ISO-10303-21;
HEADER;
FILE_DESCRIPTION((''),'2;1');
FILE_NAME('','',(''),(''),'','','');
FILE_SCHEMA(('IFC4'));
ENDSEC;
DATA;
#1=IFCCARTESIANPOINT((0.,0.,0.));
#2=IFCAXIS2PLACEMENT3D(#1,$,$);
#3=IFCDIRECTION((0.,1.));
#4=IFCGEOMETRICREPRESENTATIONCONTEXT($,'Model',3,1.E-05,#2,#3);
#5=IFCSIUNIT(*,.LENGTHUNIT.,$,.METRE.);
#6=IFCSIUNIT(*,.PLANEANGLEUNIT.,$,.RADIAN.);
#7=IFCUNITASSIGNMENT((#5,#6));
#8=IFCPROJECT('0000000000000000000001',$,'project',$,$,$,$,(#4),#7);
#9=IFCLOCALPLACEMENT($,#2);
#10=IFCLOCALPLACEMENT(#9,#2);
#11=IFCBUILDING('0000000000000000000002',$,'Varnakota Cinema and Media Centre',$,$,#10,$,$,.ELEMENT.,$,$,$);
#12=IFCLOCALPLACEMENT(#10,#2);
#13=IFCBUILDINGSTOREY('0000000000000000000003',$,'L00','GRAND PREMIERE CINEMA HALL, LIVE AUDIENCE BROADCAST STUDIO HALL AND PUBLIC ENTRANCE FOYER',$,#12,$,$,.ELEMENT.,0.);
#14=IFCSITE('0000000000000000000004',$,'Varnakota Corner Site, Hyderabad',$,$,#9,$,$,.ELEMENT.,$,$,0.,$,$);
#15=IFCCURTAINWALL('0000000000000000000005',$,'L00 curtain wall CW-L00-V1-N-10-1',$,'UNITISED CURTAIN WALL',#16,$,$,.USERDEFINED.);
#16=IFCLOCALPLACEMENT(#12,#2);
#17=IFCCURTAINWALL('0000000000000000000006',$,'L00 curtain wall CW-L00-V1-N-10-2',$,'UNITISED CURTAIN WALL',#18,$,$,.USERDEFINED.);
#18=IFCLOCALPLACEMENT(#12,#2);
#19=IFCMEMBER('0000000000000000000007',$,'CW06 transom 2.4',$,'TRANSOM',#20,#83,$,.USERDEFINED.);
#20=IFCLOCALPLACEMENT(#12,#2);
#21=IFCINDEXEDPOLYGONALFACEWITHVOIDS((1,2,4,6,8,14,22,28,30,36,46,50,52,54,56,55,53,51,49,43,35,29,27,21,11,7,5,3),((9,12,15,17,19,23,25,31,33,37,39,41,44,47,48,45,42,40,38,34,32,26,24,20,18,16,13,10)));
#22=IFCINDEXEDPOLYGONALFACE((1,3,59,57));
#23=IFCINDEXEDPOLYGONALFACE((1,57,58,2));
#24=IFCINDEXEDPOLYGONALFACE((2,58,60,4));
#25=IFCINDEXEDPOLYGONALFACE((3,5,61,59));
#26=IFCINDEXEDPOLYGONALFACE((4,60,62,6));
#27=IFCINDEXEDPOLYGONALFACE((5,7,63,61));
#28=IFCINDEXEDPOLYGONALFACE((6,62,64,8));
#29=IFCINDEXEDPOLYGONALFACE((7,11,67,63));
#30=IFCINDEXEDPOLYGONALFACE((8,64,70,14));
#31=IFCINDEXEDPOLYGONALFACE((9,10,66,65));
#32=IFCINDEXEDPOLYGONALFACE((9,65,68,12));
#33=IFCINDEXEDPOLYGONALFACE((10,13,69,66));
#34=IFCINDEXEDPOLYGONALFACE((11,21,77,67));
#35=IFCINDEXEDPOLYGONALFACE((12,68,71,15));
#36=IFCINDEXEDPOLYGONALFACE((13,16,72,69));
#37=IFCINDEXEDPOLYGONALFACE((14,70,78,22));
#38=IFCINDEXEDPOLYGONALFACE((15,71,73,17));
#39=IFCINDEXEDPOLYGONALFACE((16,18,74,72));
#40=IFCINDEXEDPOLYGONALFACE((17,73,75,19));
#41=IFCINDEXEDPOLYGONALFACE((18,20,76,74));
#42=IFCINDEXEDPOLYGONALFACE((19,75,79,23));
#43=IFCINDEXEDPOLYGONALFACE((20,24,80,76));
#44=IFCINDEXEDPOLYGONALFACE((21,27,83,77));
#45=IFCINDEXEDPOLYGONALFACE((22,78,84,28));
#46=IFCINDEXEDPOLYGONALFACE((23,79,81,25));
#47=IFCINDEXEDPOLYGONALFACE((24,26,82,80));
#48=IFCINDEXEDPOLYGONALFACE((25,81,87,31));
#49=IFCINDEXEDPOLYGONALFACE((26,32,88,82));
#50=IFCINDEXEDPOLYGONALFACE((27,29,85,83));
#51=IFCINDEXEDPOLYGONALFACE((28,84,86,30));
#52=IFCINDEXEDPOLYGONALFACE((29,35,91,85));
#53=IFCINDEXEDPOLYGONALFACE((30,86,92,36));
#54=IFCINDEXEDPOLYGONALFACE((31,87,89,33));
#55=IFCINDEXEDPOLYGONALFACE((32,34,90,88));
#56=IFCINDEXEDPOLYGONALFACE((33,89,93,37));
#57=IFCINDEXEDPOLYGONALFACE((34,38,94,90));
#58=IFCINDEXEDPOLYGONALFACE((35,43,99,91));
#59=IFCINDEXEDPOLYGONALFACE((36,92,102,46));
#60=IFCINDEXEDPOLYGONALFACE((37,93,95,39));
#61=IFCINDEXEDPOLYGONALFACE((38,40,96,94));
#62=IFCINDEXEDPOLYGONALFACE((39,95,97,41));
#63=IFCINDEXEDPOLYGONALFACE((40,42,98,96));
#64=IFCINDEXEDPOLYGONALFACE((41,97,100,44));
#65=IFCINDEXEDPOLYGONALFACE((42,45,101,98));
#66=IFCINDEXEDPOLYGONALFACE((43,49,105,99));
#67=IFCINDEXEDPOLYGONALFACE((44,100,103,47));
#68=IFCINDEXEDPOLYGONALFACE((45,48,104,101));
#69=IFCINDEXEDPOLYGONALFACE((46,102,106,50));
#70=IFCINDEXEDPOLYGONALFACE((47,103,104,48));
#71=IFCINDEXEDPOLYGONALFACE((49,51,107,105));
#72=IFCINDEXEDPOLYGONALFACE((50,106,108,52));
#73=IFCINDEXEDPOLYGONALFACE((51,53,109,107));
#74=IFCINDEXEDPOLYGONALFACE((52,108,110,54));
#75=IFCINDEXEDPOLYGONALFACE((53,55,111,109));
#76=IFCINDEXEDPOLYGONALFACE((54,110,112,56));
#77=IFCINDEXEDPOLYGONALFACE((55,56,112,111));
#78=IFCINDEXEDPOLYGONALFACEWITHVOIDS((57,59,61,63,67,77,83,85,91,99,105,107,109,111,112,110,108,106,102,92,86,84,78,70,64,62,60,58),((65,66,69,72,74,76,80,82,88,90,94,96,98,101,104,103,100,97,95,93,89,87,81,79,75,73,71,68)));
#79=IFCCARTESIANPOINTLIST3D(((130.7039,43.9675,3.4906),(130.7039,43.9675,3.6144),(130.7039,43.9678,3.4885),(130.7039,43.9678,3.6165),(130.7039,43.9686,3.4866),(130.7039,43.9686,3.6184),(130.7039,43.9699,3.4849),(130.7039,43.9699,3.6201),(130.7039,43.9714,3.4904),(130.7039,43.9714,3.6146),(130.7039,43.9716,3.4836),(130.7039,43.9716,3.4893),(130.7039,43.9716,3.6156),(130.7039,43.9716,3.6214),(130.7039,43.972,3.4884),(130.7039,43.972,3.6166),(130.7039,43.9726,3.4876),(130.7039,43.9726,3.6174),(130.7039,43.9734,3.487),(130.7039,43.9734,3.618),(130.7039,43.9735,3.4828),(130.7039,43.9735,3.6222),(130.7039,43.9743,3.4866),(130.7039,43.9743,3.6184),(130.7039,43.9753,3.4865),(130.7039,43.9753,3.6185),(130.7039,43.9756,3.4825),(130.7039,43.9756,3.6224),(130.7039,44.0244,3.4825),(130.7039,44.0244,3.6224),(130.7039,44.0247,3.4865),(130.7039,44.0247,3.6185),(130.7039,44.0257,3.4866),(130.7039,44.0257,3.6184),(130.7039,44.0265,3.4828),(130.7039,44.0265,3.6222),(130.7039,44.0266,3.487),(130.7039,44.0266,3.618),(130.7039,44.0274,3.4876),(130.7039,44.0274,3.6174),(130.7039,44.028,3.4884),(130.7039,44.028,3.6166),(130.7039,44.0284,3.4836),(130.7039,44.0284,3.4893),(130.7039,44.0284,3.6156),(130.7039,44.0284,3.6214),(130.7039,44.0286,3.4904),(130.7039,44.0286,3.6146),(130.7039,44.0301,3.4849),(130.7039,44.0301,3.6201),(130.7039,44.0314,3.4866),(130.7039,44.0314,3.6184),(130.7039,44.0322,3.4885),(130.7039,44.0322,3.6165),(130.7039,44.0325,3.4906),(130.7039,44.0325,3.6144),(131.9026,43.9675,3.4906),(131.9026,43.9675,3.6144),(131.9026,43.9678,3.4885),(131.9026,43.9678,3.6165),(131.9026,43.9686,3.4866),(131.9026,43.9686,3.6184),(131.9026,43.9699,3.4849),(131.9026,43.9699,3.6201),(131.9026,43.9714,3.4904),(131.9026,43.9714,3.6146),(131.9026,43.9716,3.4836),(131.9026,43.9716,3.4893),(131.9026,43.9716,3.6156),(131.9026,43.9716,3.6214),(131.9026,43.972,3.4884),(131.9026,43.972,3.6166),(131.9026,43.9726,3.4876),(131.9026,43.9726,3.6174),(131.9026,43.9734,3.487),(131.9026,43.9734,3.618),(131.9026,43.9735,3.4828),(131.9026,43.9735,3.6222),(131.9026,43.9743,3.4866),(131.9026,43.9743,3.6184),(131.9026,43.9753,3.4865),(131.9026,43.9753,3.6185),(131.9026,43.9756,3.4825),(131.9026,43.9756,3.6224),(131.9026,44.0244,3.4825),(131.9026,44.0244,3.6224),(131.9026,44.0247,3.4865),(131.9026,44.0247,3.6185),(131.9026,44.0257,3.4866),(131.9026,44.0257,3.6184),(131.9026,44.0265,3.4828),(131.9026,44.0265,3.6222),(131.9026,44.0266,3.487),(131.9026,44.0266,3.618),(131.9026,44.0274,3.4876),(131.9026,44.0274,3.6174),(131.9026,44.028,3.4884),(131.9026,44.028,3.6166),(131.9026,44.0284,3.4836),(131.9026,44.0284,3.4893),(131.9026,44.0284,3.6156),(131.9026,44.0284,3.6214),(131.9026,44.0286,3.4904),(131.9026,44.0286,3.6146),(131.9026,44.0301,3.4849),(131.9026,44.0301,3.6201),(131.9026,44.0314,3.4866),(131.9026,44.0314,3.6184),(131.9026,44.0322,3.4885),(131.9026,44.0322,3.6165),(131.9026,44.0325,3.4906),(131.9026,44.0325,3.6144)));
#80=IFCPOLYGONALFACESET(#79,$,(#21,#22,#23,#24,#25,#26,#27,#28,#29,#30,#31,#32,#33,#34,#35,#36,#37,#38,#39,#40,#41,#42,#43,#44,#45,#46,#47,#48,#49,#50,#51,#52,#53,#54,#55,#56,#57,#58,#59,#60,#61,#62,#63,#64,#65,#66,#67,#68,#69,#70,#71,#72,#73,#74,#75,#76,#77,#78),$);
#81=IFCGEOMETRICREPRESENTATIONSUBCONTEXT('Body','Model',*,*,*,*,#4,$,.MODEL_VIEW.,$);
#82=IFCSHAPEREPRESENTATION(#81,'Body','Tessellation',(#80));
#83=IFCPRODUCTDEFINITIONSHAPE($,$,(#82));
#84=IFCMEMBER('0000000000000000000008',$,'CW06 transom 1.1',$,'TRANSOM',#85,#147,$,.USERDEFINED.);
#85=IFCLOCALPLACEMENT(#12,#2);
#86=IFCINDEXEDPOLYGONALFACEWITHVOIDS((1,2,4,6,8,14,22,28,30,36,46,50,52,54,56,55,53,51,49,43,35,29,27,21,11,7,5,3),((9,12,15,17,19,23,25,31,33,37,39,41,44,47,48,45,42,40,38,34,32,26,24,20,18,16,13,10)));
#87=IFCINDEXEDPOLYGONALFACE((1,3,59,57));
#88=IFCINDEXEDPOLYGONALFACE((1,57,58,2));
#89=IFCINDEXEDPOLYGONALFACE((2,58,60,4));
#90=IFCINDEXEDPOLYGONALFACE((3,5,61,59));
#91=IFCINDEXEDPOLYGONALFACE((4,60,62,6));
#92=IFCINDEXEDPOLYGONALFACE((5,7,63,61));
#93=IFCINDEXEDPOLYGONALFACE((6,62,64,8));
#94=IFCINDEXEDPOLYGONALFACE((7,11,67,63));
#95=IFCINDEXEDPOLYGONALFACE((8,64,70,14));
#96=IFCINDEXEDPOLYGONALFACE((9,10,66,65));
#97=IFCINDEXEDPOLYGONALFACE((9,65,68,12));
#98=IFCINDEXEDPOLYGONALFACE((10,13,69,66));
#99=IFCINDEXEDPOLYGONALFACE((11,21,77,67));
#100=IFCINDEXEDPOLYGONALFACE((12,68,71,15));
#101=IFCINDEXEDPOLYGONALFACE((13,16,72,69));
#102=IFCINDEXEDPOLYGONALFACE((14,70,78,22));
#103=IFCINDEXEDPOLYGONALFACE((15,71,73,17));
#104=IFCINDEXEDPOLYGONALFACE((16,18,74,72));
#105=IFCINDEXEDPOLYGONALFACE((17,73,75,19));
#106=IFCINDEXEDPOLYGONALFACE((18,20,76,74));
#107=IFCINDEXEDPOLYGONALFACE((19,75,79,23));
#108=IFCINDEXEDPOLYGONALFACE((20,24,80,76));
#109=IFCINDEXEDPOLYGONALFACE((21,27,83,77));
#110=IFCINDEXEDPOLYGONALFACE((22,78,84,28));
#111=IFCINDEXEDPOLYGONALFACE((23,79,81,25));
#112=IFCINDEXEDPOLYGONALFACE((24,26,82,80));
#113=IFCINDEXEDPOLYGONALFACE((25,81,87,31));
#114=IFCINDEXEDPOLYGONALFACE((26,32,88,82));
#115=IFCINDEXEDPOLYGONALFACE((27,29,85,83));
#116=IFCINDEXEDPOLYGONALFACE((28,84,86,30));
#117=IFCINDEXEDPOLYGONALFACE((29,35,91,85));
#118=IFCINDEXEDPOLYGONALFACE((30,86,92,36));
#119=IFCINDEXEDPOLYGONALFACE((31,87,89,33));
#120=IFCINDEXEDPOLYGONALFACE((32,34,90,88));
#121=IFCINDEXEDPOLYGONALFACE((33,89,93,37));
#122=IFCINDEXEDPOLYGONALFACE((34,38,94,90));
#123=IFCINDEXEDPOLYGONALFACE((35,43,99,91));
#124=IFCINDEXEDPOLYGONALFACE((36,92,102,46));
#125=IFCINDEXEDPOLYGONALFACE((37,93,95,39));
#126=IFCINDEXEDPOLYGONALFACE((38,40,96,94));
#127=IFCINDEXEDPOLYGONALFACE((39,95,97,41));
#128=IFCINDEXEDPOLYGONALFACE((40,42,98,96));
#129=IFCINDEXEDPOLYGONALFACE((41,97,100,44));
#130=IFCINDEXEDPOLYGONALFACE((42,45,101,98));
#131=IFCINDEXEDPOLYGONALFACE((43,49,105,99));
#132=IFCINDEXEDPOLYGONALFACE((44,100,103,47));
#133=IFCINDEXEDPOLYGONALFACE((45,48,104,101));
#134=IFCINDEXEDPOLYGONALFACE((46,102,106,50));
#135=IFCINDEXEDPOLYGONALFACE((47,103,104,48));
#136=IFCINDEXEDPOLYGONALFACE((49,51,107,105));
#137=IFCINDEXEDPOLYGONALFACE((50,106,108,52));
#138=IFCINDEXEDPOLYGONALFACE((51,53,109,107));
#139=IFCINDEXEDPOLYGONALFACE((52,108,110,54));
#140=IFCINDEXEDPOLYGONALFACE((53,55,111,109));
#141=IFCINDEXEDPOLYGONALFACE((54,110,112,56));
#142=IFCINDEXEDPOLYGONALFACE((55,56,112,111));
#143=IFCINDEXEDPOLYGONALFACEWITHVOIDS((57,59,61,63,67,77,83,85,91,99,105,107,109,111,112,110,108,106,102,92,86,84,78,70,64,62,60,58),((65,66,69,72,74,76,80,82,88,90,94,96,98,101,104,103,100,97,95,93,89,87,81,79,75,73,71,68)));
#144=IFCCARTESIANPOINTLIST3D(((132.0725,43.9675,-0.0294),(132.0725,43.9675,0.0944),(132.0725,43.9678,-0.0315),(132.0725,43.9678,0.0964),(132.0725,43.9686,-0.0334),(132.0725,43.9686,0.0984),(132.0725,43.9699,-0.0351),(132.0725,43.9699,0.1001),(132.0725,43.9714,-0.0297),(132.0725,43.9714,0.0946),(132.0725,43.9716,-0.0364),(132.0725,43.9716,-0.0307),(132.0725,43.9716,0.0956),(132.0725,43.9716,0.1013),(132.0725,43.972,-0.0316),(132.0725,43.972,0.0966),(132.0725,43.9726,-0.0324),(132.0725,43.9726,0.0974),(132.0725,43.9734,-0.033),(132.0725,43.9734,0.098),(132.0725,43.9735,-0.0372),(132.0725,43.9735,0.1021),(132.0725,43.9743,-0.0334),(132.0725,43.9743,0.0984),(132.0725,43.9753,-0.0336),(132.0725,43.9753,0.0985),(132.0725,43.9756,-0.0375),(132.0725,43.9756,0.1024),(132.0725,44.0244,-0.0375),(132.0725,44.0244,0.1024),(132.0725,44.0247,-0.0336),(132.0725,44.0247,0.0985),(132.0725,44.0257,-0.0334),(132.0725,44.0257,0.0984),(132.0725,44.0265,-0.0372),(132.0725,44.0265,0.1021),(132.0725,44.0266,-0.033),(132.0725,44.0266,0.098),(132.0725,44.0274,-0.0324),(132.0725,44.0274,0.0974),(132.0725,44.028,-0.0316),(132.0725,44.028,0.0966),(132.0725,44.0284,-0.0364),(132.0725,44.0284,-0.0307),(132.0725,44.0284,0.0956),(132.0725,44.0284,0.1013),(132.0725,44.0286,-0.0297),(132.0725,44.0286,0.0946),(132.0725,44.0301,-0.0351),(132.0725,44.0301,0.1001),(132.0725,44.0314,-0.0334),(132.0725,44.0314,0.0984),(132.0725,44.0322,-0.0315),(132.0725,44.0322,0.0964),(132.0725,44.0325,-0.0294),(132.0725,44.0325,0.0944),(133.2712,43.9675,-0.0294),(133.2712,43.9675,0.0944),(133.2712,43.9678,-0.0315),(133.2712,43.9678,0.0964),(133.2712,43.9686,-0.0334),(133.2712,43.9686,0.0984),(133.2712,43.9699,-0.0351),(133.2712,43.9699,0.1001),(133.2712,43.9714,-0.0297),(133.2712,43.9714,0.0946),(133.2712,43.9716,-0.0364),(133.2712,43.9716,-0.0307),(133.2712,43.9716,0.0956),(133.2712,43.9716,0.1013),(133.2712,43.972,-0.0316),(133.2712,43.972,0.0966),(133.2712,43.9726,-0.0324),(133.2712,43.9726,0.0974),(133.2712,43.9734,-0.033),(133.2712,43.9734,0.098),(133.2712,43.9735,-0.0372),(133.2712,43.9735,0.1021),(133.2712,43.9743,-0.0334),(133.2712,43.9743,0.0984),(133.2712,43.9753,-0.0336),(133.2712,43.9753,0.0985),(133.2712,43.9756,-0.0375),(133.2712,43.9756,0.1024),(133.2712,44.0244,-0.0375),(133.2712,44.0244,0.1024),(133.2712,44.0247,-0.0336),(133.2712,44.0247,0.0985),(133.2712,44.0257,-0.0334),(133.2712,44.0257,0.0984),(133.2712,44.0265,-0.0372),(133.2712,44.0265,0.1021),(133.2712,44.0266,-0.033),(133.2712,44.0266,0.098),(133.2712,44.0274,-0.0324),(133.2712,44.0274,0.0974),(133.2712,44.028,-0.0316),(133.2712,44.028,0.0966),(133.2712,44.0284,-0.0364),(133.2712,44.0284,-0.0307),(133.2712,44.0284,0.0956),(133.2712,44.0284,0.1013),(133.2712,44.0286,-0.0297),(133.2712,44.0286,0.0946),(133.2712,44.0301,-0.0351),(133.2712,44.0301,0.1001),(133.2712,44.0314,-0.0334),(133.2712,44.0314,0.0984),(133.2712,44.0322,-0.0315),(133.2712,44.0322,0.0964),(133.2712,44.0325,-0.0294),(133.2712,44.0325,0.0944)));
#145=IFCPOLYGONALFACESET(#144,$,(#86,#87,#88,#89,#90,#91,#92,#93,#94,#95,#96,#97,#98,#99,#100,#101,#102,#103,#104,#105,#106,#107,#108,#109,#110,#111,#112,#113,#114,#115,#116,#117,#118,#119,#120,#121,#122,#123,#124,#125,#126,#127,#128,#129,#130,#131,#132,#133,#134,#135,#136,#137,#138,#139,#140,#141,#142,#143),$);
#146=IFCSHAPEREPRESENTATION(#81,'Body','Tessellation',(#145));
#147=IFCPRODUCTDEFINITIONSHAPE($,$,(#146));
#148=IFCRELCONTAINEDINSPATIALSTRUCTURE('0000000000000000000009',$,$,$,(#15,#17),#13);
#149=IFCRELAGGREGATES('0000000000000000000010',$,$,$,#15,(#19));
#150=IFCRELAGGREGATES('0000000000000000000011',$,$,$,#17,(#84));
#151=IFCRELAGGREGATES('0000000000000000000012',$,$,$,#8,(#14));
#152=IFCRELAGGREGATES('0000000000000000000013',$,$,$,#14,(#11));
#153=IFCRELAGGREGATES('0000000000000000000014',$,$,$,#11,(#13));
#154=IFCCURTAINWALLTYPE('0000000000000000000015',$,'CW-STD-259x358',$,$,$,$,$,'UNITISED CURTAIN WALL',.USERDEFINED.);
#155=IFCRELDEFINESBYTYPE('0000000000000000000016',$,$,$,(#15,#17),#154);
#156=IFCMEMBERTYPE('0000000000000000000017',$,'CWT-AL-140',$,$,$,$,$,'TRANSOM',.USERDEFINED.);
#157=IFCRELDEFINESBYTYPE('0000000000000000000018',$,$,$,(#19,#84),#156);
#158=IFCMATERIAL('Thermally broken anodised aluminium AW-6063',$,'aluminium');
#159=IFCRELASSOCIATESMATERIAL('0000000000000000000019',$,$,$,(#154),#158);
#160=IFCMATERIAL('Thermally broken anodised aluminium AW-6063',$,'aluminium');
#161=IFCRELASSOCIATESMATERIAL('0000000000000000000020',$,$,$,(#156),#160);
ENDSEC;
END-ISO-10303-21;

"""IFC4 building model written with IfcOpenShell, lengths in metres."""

from ifc_helpers import new_model, si_unit, direction, frame, origin, origin_2d, place, context, subcontext, project, spatial, hollow_rectangle, extrude, material, material_profile, profile_set, type_object, element, aggregate, save


model = new_model("IFC4")

# Units and contexts
model_context = context("Model", 3, precision=1e-05, world=origin(), true_north=direction((0.0, 1.0)))
body_context = subcontext(model_context, "Body", "Model", "MODEL_VIEW")
ifc_project = project(units=[si_unit("LENGTHUNIT", "METRE"), si_unit("PLANEANGLEUNIT", "RADIAN")], contexts=[model_context])

# Site, building, storey
site_placement = place(None, origin())
site = spatial("IfcSite", under=ifc_project, at=site_placement, Name="Varnakota Corner Site, Hyderabad", CompositionType="ELEMENT", RefElevation=0.0)
building_placement = place(site_placement, origin())
building = spatial("IfcBuilding", under=site, at=building_placement, Name="Varnakota Cinema and Media Centre", CompositionType="ELEMENT")
storey_placement = place(building_placement, origin())
storey = spatial("IfcBuildingStorey", under=building, at=storey_placement, Name="L00", Description="GRAND PREMIERE CINEMA HALL, LIVE AUDIENCE BROADCAST STUDIO HALL AND PUBLIC ENTRANCE FOYER", CompositionType="ELEMENT", Elevation=0.0)

# Curtain walls
ifc_material_1 = material(Name="Thermally broken anodised aluminium AW-6063", Category="aluminium")
curtain_wall_type = type_object("IfcCurtainWallType", Name="CW-STD-259x358", ElementType="UNITISED CURTAIN WALL", PredefinedType="USERDEFINED", material=ifc_material_1)
curtain_wall_1_placement = place(storey_placement, origin())
curtain_wall_1 = element("IfcCurtainWall", 1, at=curtain_wall_1_placement, inside=storey, type_object=curtain_wall_type, Name="L00 curtain wall CW-L00-V1-N-10-1", ObjectType="UNITISED CURTAIN WALL", PredefinedType="USERDEFINED")
curtain_wall_2_placement = place(storey_placement, origin())
curtain_wall_2 = element("IfcCurtainWall", 2, at=curtain_wall_2_placement, inside=storey, type_object=curtain_wall_type, Name="L00 curtain wall CW-L00-V1-N-10-2", ObjectType="UNITISED CURTAIN WALL", PredefinedType="USERDEFINED")

# Members
ifc_material_2 = material(Name="Thermally broken anodised aluminium AW-6063", Category="aluminium")
ifc_material_profile_1 = material_profile(ifc_material_2, hollow_rectangle(XDim=0.0649, YDim=0.1399, WallThickness=0.0039, InnerFilletRadius=0.0039, OuterFilletRadius=0.0081, at=origin_2d()), Name="AL-TRANSOM 140x65x4")
ifc_profile_set_1 = profile_set([ifc_material_profile_1], Name="Thermally broken anodised aluminium AW-6063")
member_type_1 = type_object("IfcMemberType", Name="CWT-AL-140", ElementType="TRANSOM", PredefinedType="USERDEFINED", material=ifc_profile_set_1)
member_1_placement = place(storey_placement, frame((130.7039, 44.0, 3.5525), z_axis=(1.0, 0.0, 0.0), x_axis=(0.0, 1.0, 0.0)))
member_1 = element("IfcMember", 3, at=member_1_placement, type_object=member_type_1, Name="CW06 transom 2.4", ObjectType="TRANSOM", PredefinedType="USERDEFINED", context=body_context, shape_type="SweptSolid", body=[
    extrude(hollow_rectangle(XDim=0.0649, YDim=0.1399, WallThickness=0.0039, InnerFilletRadius=0.0039, OuterFilletRadius=0.0081, at=origin_2d()), origin(), (0.0, 0.0, 1.0), 1.1987),
])
member_2_placement = place(storey_placement, frame((132.0725, 44.0, 0.0325), z_axis=(1.0, 0.0, 0.0), x_axis=(0.0, 1.0, 0.0)))
member_2 = element("IfcMember", 4, at=member_2_placement, type_object=member_type_1, Name="CW06 transom 1.1", ObjectType="TRANSOM", PredefinedType="USERDEFINED", context=body_context, shape_type="SweptSolid", body=[
    extrude(hollow_rectangle(XDim=0.0649, YDim=0.1399, WallThickness=0.0039, InnerFilletRadius=0.0039, OuterFilletRadius=0.0081, at=origin_2d()), origin(), (0.0, 0.0, 1.0), 1.1987),
])

aggregate(curtain_wall_1, [member_1])
aggregate(curtain_wall_2, [member_2])

save(model, "model.ifc")
